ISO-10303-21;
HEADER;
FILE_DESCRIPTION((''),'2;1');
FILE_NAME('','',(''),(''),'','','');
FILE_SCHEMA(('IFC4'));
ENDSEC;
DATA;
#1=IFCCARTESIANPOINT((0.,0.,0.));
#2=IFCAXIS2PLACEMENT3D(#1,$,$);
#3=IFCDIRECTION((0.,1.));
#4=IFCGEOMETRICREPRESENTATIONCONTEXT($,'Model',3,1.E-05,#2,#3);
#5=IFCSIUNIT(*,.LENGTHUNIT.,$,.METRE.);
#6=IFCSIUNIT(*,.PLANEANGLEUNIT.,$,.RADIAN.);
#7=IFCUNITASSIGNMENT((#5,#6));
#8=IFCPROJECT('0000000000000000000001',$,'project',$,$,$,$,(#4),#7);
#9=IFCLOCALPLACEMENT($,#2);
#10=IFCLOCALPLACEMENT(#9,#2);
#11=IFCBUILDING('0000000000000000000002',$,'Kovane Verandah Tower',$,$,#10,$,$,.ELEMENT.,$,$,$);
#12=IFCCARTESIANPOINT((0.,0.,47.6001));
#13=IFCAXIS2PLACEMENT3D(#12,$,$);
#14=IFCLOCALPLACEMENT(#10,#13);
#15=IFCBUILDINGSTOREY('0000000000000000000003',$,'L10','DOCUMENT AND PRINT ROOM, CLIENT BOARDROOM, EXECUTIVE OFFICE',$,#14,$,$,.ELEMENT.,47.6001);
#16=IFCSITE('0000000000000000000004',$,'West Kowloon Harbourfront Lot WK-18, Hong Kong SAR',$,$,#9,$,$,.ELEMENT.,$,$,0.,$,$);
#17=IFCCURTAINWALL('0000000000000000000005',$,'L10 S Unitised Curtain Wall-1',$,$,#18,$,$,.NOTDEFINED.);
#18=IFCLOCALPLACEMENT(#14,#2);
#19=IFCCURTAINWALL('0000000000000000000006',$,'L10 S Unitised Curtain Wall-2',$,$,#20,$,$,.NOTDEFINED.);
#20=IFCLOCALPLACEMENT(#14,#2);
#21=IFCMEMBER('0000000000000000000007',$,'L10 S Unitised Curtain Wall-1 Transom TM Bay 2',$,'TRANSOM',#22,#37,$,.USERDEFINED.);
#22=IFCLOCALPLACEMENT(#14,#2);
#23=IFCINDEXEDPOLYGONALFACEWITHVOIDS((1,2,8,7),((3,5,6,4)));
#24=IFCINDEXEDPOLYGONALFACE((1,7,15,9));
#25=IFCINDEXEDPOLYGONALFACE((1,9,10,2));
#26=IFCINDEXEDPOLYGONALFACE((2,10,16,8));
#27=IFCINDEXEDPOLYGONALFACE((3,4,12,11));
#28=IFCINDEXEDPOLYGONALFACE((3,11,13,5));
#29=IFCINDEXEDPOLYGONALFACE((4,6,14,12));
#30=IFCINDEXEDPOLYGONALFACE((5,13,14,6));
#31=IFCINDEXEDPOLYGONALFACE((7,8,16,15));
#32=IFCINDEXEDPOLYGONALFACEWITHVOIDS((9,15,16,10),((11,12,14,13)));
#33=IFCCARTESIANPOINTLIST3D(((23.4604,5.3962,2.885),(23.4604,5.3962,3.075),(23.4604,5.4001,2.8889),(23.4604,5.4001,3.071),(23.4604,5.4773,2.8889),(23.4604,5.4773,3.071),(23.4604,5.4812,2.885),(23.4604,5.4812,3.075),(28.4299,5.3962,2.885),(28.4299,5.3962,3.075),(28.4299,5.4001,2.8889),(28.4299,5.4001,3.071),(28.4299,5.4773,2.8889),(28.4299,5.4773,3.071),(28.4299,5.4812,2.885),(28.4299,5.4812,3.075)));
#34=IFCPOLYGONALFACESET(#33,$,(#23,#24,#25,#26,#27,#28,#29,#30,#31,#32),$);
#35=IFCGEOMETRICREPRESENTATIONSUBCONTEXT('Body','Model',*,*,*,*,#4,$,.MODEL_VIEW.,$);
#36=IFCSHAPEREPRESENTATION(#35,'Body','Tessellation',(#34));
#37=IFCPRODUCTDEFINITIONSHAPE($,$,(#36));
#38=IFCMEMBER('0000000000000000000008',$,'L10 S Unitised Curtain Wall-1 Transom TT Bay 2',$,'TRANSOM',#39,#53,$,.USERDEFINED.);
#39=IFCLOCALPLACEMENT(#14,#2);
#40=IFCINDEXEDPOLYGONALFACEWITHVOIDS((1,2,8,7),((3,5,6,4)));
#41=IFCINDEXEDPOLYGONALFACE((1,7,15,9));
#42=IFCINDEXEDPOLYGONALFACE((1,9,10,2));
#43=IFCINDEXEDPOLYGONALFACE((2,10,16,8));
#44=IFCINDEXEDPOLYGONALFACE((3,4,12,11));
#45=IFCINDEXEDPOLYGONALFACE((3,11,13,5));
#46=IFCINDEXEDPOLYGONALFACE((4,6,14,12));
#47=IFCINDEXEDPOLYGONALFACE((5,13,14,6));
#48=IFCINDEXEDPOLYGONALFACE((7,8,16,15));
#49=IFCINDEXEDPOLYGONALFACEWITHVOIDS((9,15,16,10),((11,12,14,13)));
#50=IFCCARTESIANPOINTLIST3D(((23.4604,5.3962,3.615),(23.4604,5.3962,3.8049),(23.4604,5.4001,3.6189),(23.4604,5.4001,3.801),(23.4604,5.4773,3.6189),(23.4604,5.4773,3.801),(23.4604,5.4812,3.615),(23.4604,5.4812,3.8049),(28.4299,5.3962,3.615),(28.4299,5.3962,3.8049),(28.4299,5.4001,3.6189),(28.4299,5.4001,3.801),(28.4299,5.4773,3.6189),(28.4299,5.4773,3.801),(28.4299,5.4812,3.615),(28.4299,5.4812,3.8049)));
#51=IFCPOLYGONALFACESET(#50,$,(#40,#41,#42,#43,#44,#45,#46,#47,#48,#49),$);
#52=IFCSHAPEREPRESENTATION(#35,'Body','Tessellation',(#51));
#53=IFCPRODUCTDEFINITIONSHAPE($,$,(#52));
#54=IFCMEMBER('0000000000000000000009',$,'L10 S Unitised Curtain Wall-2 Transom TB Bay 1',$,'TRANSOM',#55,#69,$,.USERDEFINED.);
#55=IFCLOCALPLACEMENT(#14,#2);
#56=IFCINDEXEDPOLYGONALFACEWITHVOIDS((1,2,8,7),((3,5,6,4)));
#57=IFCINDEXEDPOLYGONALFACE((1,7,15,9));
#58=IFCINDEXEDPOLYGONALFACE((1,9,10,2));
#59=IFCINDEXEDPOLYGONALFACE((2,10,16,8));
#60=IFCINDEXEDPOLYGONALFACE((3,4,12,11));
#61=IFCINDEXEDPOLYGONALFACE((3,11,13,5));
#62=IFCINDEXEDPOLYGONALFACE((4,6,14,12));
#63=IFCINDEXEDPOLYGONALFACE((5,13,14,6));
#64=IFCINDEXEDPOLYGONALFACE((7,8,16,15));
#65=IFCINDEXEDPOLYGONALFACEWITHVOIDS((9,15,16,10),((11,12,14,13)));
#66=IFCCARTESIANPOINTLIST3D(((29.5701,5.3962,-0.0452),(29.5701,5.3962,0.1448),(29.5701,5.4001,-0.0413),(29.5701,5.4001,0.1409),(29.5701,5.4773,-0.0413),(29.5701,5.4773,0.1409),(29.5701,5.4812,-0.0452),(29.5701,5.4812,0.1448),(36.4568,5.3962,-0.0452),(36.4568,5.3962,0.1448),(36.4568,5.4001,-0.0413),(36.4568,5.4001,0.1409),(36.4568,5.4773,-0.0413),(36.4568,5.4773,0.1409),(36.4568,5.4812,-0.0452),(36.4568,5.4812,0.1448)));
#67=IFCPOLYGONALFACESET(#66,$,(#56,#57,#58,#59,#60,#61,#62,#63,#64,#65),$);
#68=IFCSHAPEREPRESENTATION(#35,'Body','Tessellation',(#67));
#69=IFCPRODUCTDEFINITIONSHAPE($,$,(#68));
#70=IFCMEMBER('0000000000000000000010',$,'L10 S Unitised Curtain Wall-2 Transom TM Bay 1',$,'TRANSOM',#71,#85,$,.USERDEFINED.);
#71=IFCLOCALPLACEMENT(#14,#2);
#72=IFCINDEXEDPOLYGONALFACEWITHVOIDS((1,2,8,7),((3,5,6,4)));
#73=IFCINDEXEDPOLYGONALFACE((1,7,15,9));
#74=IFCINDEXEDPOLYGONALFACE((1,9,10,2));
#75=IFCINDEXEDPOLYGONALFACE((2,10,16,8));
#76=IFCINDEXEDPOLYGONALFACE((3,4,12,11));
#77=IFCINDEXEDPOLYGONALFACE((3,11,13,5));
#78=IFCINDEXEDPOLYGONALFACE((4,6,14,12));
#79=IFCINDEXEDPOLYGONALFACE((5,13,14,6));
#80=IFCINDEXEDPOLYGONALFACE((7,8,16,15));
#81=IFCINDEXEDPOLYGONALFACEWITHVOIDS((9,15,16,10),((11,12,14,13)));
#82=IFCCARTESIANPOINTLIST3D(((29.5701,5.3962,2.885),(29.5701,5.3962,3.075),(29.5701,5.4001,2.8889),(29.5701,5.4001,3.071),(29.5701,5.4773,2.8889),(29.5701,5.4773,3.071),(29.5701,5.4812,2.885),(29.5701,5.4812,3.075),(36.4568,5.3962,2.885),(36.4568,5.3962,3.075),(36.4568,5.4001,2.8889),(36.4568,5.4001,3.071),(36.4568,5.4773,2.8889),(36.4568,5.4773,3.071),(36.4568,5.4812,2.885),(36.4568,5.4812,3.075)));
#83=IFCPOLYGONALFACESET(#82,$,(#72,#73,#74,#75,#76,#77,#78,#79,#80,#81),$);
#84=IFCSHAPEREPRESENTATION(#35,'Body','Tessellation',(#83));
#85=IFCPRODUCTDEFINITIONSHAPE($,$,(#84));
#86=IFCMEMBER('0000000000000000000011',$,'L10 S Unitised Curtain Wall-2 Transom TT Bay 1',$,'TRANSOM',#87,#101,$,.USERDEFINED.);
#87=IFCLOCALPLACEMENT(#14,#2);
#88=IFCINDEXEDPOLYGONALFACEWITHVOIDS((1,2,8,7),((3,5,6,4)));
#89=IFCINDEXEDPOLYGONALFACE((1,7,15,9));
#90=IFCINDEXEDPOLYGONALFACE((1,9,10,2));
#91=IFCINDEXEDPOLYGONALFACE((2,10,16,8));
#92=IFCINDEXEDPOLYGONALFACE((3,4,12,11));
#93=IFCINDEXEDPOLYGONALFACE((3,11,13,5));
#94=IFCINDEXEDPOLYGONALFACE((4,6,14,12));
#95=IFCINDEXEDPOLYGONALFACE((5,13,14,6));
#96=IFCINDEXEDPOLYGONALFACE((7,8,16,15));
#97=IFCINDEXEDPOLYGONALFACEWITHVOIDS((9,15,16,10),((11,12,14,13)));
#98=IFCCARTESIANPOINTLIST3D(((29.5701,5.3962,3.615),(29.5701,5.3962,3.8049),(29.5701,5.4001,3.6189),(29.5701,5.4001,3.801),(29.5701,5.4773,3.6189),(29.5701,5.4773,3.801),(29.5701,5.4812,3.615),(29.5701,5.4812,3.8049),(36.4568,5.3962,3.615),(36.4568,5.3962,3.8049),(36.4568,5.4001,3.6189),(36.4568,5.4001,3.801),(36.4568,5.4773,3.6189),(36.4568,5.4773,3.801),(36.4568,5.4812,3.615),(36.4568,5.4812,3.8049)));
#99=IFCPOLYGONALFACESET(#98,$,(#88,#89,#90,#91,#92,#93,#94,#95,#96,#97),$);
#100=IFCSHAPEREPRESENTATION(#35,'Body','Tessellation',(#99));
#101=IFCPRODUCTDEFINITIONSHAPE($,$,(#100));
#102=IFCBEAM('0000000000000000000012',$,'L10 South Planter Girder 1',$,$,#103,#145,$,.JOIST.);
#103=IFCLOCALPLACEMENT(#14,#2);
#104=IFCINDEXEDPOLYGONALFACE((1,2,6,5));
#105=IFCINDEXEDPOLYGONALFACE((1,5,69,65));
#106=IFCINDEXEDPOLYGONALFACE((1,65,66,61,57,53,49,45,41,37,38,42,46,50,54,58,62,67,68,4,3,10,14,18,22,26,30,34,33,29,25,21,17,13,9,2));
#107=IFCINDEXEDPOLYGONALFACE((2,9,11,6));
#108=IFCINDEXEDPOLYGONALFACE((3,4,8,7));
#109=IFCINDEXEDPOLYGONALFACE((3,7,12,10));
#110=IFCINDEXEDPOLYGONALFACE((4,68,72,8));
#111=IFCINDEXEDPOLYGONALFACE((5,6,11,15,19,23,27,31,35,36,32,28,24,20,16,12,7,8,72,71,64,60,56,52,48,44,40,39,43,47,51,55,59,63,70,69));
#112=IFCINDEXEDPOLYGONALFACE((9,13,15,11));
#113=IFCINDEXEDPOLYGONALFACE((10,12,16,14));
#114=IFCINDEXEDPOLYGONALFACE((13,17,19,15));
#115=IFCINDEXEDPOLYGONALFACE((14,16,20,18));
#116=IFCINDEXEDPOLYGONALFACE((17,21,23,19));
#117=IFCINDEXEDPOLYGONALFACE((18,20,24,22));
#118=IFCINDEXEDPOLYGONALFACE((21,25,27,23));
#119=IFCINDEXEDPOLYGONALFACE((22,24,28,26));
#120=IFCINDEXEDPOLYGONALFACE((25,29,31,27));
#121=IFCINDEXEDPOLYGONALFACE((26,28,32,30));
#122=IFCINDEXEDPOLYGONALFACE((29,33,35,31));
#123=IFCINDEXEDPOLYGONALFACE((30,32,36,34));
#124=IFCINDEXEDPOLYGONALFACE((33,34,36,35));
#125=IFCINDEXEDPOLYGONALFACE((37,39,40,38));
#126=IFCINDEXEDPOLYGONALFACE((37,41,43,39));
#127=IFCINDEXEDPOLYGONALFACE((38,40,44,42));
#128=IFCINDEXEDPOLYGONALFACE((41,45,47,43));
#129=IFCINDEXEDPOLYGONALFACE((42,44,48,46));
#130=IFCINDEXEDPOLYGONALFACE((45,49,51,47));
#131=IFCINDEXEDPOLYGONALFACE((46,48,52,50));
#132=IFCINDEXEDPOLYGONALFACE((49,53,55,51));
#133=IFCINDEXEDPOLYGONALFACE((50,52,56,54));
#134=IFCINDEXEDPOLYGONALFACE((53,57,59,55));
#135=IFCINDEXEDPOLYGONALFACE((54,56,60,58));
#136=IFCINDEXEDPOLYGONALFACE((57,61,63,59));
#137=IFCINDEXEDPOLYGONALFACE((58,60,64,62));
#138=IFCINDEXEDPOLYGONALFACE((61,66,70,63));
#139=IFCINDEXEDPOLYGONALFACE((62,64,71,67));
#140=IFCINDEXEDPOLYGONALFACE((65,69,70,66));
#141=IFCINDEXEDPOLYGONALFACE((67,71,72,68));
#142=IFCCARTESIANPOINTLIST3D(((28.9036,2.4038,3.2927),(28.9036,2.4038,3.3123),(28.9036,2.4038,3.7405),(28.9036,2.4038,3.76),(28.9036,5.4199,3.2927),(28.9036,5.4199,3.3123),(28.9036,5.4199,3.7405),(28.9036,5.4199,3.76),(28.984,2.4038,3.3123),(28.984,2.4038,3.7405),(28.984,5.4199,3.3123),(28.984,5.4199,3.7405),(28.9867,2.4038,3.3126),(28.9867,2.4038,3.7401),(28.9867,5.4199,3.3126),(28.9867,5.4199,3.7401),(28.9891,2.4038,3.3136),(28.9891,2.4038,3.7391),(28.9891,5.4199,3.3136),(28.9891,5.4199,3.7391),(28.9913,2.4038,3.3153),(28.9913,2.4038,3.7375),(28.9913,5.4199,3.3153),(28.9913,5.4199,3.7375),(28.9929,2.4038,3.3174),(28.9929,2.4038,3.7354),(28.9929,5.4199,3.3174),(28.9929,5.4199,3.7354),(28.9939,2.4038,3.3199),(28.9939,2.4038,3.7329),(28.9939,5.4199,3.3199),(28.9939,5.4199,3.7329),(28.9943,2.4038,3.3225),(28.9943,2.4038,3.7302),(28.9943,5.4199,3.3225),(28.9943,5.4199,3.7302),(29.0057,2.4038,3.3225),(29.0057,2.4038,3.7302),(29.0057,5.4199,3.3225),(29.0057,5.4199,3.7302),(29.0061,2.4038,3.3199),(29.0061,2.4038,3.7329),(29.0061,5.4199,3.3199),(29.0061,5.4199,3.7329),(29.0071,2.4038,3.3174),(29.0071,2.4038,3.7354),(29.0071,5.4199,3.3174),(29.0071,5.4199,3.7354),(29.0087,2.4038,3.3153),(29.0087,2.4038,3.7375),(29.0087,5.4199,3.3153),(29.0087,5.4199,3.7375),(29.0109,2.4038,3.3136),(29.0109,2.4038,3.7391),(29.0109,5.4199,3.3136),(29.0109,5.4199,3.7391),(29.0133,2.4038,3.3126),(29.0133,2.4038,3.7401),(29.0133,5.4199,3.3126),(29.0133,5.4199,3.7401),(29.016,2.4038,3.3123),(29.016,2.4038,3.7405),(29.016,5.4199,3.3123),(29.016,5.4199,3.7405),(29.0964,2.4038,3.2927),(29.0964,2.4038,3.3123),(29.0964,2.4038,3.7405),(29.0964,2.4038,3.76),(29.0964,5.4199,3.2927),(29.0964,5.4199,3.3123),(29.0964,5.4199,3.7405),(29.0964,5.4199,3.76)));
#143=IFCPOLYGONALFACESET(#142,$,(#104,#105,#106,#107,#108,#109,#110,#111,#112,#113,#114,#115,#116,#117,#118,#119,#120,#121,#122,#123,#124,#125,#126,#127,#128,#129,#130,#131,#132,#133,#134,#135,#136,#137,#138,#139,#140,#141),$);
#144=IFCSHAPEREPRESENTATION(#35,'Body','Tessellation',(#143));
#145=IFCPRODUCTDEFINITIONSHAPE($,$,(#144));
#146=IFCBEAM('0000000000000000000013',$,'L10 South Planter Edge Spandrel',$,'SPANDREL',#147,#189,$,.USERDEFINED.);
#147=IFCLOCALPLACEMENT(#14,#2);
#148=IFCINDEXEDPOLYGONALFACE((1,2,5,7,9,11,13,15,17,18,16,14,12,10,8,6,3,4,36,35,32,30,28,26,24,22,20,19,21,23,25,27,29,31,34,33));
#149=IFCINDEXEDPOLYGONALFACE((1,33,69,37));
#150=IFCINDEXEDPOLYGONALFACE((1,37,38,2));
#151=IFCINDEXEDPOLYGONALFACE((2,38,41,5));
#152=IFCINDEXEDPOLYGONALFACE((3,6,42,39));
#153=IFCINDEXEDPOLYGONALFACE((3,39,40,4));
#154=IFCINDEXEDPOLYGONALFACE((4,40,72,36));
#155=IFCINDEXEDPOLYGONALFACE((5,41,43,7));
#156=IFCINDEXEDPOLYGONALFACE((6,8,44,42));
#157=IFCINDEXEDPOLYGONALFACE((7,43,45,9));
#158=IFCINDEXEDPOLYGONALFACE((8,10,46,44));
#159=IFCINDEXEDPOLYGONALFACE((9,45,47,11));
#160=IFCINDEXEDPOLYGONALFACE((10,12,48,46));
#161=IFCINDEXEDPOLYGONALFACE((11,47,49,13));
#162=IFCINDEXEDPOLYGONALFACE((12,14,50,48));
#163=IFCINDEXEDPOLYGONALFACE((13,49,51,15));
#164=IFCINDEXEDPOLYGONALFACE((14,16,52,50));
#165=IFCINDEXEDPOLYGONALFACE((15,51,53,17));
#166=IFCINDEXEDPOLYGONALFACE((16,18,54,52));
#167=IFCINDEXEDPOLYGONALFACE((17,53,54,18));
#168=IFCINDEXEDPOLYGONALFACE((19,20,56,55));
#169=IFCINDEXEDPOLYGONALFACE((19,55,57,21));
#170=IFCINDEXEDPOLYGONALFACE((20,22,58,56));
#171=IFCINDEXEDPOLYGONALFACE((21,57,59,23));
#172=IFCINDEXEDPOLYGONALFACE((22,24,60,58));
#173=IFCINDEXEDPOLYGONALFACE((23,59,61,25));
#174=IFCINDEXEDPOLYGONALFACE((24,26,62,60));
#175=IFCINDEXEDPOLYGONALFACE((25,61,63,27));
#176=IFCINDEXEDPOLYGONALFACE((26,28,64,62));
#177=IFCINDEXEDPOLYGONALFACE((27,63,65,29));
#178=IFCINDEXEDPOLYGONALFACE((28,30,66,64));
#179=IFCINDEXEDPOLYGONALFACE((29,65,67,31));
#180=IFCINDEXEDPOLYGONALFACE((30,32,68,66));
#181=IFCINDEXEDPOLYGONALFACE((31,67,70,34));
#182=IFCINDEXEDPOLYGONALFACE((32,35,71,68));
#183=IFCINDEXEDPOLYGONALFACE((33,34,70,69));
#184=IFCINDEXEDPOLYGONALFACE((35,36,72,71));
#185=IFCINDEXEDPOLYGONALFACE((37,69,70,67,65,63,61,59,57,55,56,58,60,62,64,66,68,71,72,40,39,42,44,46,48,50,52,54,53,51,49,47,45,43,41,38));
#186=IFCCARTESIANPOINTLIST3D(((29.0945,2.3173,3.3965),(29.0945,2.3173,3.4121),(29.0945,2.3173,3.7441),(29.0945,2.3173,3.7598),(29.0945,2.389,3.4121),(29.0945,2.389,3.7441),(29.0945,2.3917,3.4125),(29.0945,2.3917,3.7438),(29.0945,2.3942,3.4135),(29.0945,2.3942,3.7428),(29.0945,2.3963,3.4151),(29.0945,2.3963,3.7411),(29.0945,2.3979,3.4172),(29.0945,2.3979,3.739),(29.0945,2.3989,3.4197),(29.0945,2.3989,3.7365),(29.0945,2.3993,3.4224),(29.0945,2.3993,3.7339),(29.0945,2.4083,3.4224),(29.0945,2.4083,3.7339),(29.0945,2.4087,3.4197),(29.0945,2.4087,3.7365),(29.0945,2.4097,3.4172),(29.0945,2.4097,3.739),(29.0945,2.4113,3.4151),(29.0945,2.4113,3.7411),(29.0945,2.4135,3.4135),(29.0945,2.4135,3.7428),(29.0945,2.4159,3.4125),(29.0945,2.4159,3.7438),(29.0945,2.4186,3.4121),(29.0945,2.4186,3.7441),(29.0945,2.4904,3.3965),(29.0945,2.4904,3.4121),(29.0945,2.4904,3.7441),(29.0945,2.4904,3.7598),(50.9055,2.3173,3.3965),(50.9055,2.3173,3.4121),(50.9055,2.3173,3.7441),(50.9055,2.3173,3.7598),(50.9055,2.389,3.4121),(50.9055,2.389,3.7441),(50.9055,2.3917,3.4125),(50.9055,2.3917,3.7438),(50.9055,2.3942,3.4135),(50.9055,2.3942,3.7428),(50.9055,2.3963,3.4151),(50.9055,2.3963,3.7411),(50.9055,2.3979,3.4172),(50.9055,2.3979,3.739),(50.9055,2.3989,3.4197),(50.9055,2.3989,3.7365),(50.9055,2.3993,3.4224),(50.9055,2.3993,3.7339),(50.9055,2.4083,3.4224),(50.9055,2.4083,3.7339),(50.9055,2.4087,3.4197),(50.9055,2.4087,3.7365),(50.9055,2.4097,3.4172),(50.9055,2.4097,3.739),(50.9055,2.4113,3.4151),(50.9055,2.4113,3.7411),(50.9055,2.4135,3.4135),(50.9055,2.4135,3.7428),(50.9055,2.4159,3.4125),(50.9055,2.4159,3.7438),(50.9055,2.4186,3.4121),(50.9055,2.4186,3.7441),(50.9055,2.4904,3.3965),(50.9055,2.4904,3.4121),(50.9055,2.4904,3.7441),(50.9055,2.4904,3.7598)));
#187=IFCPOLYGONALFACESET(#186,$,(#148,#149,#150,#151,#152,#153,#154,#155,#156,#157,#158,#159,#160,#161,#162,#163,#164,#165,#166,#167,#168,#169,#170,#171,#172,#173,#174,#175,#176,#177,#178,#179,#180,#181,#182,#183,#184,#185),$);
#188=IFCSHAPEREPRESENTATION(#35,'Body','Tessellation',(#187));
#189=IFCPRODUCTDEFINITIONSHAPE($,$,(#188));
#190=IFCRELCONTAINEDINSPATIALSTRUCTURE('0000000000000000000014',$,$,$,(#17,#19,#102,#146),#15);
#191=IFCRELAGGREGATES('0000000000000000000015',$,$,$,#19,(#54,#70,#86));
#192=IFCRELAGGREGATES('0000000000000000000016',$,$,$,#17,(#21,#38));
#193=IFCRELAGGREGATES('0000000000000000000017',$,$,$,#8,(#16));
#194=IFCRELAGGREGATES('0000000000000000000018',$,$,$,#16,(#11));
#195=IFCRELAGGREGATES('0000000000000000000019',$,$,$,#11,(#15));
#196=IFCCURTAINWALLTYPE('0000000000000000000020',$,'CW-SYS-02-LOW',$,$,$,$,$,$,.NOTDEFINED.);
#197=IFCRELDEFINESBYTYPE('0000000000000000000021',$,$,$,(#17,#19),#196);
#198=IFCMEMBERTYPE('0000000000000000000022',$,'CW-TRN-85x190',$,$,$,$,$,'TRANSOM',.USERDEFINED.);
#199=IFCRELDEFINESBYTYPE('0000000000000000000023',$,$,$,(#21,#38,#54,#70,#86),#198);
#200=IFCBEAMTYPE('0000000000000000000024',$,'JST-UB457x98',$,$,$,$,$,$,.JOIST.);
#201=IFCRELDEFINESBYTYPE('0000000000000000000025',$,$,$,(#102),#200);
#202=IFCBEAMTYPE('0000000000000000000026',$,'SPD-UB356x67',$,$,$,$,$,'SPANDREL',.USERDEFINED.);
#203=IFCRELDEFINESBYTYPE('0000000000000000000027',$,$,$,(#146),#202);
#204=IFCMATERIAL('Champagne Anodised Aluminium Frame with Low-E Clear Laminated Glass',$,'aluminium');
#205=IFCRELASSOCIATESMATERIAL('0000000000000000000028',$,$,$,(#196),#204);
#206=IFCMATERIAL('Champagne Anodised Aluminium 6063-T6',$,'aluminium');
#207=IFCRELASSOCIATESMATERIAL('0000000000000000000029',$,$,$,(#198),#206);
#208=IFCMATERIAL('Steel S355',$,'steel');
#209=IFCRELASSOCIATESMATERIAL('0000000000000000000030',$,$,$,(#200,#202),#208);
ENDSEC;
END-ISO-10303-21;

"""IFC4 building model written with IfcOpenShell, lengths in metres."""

from ifc_helpers import new_model, si_unit, direction, frame, origin, origin_2d, place, context, subcontext, project, spatial, hollow_rectangle, i_section, extrude, material, material_profile, profile_set, type_object, element, aggregate, save


model = new_model("IFC4")

# Units and contexts
model_context = context("Model", 3, precision=1e-05, world=origin(), true_north=direction((0.0, 1.0)))
body_context = subcontext(model_context, "Body", "Model", "MODEL_VIEW")
ifc_project = project(units=[si_unit("LENGTHUNIT", "METRE"), si_unit("PLANEANGLEUNIT", "RADIAN")], contexts=[model_context])

# Site, building, storey
site_placement = place(None, origin())
site = spatial("IfcSite", under=ifc_project, at=site_placement, Name="West Kowloon Harbourfront Lot WK-18, Hong Kong SAR", CompositionType="ELEMENT", RefElevation=0.0)
building_placement = place(site_placement, origin())
building = spatial("IfcBuilding", under=site, at=building_placement, Name="Kovane Verandah Tower", CompositionType="ELEMENT")
storey_placement = place(building_placement, frame((0.0, 0.0, 47.6001)))
storey = spatial("IfcBuildingStorey", under=building, at=storey_placement, Name="L10", Description="DOCUMENT AND PRINT ROOM, CLIENT BOARDROOM, EXECUTIVE OFFICE", CompositionType="ELEMENT", Elevation=47.6001)

# Curtain wall
ifc_material_1 = material(Name="Champagne Anodised Aluminium Frame with Low-E Clear Laminated Glass", Category="aluminium")
curtain_wall_type = type_object("IfcCurtainWallType", Name="CW-SYS-02-LOW", PredefinedType="NOTDEFINED", material=ifc_material_1)
curtain_wall_1_placement = place(storey_placement, origin())
curtain_wall_1 = element("IfcCurtainWall", 1, at=curtain_wall_1_placement, inside=storey, type_object=curtain_wall_type, Name="L10 S Unitised Curtain Wall-1", PredefinedType="NOTDEFINED")
ifc_material_2 = material(Name="Champagne Anodised Aluminium 6063-T6", Category="aluminium")

# Curtain wall
curtain_wall_2_placement = place(storey_placement, origin())
curtain_wall_2 = element("IfcCurtainWall", 2, at=curtain_wall_2_placement, inside=storey, type_object=curtain_wall_type, Name="L10 S Unitised Curtain Wall-2", PredefinedType="NOTDEFINED")

# Members
ifc_material_profile_1 = material_profile(ifc_material_2, hollow_rectangle(XDim=0.085, YDim=0.1899, WallThickness=0.0039, at=origin_2d()), Name="AL85x190x4")
ifc_profile_set_1 = profile_set([ifc_material_profile_1], Name="Champagne Anodised Aluminium 6063-T6")
member_type_1 = type_object("IfcMemberType", Name="CW-TRN-85x190", ElementType="TRANSOM", PredefinedType="USERDEFINED", material=ifc_profile_set_1)
member_1_placement = place(storey_placement, frame((23.4604, 5.4387, 2.98), z_axis=(1.0, 0.0, 0.0), x_axis=(0.0, 1.0, 0.0)))
member_1 = element("IfcMember", 3, at=member_1_placement, type_object=member_type_1, Name="L10 S Unitised Curtain Wall-1 Transom TM Bay 2", ObjectType="TRANSOM", PredefinedType="USERDEFINED", context=body_context, shape_type="SweptSolid", body=[
    extrude(hollow_rectangle(XDim=0.085, YDim=0.1899, WallThickness=0.0039, at=origin_2d()), origin(), (0.0, 0.0, 1.0), 4.9695),
])
member_2_placement = place(storey_placement, frame((23.4604, 5.4387, 3.71), z_axis=(1.0, 0.0, 0.0), x_axis=(0.0, 1.0, 0.0)))
member_2 = element("IfcMember", 4, at=member_2_placement, type_object=member_type_1, Name="L10 S Unitised Curtain Wall-1 Transom TT Bay 2", ObjectType="TRANSOM", PredefinedType="USERDEFINED", context=body_context, shape_type="SweptSolid", body=[
    extrude(hollow_rectangle(XDim=0.085, YDim=0.1899, WallThickness=0.0039, at=origin_2d()), origin(), (0.0, 0.0, 1.0), 4.9695),
])
member_3_placement = place(storey_placement, frame((29.5701, 5.4387, 0.0498), z_axis=(1.0, 0.0, 0.0), x_axis=(0.0, 1.0, 0.0)))
member_3 = element("IfcMember", 5, at=member_3_placement, type_object=member_type_1, Name="L10 S Unitised Curtain Wall-2 Transom TB Bay 1", ObjectType="TRANSOM", PredefinedType="USERDEFINED", context=body_context, shape_type="SweptSolid", body=[
    extrude(hollow_rectangle(XDim=0.085, YDim=0.1899, WallThickness=0.0039, at=origin_2d()), origin(), (0.0, 0.0, 1.0), 6.8867),
])
member_4_placement = place(storey_placement, frame((29.5701, 5.4387, 2.98), z_axis=(1.0, 0.0, 0.0), x_axis=(0.0, 1.0, 0.0)))
member_4 = element("IfcMember", 6, at=member_4_placement, type_object=member_type_1, Name="L10 S Unitised Curtain Wall-2 Transom TM Bay 1", ObjectType="TRANSOM", PredefinedType="USERDEFINED", context=body_context, shape_type="SweptSolid", body=[
    extrude(hollow_rectangle(XDim=0.085, YDim=0.1899, WallThickness=0.0039, at=origin_2d()), origin(), (0.0, 0.0, 1.0), 6.8867),
])
member_5_placement = place(storey_placement, frame((29.5701, 5.4387, 3.71), z_axis=(1.0, 0.0, 0.0), x_axis=(0.0, 1.0, 0.0)))
member_5 = element("IfcMember", 7, at=member_5_placement, type_object=member_type_1, Name="L10 S Unitised Curtain Wall-2 Transom TT Bay 1", ObjectType="TRANSOM", PredefinedType="USERDEFINED", context=body_context, shape_type="SweptSolid", body=[
    extrude(hollow_rectangle(XDim=0.085, YDim=0.1899, WallThickness=0.0039, at=origin_2d()), origin(), (0.0, 0.0, 1.0), 6.8867),
])
aggregate(curtain_wall_2, [member_3, member_4, member_5])

# Beams
ifc_material_3 = material(Name="Steel S355", Category="steel")
ifc_material_profile_2 = material_profile(ifc_material_3, i_section(OverallWidth=0.1929, OverallDepth=0.4673, WebThickness=0.0115, FlangeThickness=0.0195, FilletRadius=0.0103, at=origin_2d()), Name="UB457x191x98")
ifc_profile_set_2 = profile_set([ifc_material_profile_2], Name="Steel S355")
beam_type_1 = type_object("IfcBeamType", Name="JST-UB457x98", PredefinedType="JOIST", material=ifc_profile_set_2)
beam_1_placement = place(storey_placement, frame((29.0, 5.4199, 3.5264), z_axis=(0.0, -1.0, 0.0), x_axis=(1.0, 0.0, 0.0)))
element("IfcBeam", 8, at=beam_1_placement, inside=storey, type_object=beam_type_1, Name="L10 South Planter Girder 1", PredefinedType="JOIST", context=body_context, shape_type="SweptSolid", body=[
    extrude(i_section(OverallWidth=0.1929, OverallDepth=0.4673, WebThickness=0.0115, FlangeThickness=0.0195, FilletRadius=0.0103, at=origin_2d()), origin(), (0.0, 0.0, 1.0), 3.0161),
])
ifc_material_profile_3 = material_profile(ifc_material_3, i_section(OverallWidth=0.1731, OverallDepth=0.3633, WebThickness=0.009, FlangeThickness=0.0156, FilletRadius=0.0103, at=origin_2d()), Name="UB356x171x67")
ifc_profile_set_3 = profile_set([ifc_material_profile_3], Name="Steel S355")
beam_type_2 = type_object("IfcBeamType", Name="SPD-UB356x67", ElementType="SPANDREL", PredefinedType="USERDEFINED", material=ifc_profile_set_3)
beam_2_placement = place(storey_placement, frame((29.0945, 2.4038, 3.5781), z_axis=(1.0, 0.0, 0.0), x_axis=(0.0, 1.0, 0.0)))
element("IfcBeam", 9, at=beam_2_placement, inside=storey, type_object=beam_type_2, Name="L10 South Planter Edge Spandrel", ObjectType="SPANDREL", PredefinedType="USERDEFINED", context=body_context, shape_type="SweptSolid", body=[
    extrude(i_section(OverallWidth=0.1731, OverallDepth=0.3633, WebThickness=0.009, FlangeThickness=0.0156, FilletRadius=0.0103, at=origin_2d()), origin(), (0.0, 0.0, 1.0), 21.811),
])

aggregate(curtain_wall_1, [member_1, member_2])

save(model, "model.ifc")
